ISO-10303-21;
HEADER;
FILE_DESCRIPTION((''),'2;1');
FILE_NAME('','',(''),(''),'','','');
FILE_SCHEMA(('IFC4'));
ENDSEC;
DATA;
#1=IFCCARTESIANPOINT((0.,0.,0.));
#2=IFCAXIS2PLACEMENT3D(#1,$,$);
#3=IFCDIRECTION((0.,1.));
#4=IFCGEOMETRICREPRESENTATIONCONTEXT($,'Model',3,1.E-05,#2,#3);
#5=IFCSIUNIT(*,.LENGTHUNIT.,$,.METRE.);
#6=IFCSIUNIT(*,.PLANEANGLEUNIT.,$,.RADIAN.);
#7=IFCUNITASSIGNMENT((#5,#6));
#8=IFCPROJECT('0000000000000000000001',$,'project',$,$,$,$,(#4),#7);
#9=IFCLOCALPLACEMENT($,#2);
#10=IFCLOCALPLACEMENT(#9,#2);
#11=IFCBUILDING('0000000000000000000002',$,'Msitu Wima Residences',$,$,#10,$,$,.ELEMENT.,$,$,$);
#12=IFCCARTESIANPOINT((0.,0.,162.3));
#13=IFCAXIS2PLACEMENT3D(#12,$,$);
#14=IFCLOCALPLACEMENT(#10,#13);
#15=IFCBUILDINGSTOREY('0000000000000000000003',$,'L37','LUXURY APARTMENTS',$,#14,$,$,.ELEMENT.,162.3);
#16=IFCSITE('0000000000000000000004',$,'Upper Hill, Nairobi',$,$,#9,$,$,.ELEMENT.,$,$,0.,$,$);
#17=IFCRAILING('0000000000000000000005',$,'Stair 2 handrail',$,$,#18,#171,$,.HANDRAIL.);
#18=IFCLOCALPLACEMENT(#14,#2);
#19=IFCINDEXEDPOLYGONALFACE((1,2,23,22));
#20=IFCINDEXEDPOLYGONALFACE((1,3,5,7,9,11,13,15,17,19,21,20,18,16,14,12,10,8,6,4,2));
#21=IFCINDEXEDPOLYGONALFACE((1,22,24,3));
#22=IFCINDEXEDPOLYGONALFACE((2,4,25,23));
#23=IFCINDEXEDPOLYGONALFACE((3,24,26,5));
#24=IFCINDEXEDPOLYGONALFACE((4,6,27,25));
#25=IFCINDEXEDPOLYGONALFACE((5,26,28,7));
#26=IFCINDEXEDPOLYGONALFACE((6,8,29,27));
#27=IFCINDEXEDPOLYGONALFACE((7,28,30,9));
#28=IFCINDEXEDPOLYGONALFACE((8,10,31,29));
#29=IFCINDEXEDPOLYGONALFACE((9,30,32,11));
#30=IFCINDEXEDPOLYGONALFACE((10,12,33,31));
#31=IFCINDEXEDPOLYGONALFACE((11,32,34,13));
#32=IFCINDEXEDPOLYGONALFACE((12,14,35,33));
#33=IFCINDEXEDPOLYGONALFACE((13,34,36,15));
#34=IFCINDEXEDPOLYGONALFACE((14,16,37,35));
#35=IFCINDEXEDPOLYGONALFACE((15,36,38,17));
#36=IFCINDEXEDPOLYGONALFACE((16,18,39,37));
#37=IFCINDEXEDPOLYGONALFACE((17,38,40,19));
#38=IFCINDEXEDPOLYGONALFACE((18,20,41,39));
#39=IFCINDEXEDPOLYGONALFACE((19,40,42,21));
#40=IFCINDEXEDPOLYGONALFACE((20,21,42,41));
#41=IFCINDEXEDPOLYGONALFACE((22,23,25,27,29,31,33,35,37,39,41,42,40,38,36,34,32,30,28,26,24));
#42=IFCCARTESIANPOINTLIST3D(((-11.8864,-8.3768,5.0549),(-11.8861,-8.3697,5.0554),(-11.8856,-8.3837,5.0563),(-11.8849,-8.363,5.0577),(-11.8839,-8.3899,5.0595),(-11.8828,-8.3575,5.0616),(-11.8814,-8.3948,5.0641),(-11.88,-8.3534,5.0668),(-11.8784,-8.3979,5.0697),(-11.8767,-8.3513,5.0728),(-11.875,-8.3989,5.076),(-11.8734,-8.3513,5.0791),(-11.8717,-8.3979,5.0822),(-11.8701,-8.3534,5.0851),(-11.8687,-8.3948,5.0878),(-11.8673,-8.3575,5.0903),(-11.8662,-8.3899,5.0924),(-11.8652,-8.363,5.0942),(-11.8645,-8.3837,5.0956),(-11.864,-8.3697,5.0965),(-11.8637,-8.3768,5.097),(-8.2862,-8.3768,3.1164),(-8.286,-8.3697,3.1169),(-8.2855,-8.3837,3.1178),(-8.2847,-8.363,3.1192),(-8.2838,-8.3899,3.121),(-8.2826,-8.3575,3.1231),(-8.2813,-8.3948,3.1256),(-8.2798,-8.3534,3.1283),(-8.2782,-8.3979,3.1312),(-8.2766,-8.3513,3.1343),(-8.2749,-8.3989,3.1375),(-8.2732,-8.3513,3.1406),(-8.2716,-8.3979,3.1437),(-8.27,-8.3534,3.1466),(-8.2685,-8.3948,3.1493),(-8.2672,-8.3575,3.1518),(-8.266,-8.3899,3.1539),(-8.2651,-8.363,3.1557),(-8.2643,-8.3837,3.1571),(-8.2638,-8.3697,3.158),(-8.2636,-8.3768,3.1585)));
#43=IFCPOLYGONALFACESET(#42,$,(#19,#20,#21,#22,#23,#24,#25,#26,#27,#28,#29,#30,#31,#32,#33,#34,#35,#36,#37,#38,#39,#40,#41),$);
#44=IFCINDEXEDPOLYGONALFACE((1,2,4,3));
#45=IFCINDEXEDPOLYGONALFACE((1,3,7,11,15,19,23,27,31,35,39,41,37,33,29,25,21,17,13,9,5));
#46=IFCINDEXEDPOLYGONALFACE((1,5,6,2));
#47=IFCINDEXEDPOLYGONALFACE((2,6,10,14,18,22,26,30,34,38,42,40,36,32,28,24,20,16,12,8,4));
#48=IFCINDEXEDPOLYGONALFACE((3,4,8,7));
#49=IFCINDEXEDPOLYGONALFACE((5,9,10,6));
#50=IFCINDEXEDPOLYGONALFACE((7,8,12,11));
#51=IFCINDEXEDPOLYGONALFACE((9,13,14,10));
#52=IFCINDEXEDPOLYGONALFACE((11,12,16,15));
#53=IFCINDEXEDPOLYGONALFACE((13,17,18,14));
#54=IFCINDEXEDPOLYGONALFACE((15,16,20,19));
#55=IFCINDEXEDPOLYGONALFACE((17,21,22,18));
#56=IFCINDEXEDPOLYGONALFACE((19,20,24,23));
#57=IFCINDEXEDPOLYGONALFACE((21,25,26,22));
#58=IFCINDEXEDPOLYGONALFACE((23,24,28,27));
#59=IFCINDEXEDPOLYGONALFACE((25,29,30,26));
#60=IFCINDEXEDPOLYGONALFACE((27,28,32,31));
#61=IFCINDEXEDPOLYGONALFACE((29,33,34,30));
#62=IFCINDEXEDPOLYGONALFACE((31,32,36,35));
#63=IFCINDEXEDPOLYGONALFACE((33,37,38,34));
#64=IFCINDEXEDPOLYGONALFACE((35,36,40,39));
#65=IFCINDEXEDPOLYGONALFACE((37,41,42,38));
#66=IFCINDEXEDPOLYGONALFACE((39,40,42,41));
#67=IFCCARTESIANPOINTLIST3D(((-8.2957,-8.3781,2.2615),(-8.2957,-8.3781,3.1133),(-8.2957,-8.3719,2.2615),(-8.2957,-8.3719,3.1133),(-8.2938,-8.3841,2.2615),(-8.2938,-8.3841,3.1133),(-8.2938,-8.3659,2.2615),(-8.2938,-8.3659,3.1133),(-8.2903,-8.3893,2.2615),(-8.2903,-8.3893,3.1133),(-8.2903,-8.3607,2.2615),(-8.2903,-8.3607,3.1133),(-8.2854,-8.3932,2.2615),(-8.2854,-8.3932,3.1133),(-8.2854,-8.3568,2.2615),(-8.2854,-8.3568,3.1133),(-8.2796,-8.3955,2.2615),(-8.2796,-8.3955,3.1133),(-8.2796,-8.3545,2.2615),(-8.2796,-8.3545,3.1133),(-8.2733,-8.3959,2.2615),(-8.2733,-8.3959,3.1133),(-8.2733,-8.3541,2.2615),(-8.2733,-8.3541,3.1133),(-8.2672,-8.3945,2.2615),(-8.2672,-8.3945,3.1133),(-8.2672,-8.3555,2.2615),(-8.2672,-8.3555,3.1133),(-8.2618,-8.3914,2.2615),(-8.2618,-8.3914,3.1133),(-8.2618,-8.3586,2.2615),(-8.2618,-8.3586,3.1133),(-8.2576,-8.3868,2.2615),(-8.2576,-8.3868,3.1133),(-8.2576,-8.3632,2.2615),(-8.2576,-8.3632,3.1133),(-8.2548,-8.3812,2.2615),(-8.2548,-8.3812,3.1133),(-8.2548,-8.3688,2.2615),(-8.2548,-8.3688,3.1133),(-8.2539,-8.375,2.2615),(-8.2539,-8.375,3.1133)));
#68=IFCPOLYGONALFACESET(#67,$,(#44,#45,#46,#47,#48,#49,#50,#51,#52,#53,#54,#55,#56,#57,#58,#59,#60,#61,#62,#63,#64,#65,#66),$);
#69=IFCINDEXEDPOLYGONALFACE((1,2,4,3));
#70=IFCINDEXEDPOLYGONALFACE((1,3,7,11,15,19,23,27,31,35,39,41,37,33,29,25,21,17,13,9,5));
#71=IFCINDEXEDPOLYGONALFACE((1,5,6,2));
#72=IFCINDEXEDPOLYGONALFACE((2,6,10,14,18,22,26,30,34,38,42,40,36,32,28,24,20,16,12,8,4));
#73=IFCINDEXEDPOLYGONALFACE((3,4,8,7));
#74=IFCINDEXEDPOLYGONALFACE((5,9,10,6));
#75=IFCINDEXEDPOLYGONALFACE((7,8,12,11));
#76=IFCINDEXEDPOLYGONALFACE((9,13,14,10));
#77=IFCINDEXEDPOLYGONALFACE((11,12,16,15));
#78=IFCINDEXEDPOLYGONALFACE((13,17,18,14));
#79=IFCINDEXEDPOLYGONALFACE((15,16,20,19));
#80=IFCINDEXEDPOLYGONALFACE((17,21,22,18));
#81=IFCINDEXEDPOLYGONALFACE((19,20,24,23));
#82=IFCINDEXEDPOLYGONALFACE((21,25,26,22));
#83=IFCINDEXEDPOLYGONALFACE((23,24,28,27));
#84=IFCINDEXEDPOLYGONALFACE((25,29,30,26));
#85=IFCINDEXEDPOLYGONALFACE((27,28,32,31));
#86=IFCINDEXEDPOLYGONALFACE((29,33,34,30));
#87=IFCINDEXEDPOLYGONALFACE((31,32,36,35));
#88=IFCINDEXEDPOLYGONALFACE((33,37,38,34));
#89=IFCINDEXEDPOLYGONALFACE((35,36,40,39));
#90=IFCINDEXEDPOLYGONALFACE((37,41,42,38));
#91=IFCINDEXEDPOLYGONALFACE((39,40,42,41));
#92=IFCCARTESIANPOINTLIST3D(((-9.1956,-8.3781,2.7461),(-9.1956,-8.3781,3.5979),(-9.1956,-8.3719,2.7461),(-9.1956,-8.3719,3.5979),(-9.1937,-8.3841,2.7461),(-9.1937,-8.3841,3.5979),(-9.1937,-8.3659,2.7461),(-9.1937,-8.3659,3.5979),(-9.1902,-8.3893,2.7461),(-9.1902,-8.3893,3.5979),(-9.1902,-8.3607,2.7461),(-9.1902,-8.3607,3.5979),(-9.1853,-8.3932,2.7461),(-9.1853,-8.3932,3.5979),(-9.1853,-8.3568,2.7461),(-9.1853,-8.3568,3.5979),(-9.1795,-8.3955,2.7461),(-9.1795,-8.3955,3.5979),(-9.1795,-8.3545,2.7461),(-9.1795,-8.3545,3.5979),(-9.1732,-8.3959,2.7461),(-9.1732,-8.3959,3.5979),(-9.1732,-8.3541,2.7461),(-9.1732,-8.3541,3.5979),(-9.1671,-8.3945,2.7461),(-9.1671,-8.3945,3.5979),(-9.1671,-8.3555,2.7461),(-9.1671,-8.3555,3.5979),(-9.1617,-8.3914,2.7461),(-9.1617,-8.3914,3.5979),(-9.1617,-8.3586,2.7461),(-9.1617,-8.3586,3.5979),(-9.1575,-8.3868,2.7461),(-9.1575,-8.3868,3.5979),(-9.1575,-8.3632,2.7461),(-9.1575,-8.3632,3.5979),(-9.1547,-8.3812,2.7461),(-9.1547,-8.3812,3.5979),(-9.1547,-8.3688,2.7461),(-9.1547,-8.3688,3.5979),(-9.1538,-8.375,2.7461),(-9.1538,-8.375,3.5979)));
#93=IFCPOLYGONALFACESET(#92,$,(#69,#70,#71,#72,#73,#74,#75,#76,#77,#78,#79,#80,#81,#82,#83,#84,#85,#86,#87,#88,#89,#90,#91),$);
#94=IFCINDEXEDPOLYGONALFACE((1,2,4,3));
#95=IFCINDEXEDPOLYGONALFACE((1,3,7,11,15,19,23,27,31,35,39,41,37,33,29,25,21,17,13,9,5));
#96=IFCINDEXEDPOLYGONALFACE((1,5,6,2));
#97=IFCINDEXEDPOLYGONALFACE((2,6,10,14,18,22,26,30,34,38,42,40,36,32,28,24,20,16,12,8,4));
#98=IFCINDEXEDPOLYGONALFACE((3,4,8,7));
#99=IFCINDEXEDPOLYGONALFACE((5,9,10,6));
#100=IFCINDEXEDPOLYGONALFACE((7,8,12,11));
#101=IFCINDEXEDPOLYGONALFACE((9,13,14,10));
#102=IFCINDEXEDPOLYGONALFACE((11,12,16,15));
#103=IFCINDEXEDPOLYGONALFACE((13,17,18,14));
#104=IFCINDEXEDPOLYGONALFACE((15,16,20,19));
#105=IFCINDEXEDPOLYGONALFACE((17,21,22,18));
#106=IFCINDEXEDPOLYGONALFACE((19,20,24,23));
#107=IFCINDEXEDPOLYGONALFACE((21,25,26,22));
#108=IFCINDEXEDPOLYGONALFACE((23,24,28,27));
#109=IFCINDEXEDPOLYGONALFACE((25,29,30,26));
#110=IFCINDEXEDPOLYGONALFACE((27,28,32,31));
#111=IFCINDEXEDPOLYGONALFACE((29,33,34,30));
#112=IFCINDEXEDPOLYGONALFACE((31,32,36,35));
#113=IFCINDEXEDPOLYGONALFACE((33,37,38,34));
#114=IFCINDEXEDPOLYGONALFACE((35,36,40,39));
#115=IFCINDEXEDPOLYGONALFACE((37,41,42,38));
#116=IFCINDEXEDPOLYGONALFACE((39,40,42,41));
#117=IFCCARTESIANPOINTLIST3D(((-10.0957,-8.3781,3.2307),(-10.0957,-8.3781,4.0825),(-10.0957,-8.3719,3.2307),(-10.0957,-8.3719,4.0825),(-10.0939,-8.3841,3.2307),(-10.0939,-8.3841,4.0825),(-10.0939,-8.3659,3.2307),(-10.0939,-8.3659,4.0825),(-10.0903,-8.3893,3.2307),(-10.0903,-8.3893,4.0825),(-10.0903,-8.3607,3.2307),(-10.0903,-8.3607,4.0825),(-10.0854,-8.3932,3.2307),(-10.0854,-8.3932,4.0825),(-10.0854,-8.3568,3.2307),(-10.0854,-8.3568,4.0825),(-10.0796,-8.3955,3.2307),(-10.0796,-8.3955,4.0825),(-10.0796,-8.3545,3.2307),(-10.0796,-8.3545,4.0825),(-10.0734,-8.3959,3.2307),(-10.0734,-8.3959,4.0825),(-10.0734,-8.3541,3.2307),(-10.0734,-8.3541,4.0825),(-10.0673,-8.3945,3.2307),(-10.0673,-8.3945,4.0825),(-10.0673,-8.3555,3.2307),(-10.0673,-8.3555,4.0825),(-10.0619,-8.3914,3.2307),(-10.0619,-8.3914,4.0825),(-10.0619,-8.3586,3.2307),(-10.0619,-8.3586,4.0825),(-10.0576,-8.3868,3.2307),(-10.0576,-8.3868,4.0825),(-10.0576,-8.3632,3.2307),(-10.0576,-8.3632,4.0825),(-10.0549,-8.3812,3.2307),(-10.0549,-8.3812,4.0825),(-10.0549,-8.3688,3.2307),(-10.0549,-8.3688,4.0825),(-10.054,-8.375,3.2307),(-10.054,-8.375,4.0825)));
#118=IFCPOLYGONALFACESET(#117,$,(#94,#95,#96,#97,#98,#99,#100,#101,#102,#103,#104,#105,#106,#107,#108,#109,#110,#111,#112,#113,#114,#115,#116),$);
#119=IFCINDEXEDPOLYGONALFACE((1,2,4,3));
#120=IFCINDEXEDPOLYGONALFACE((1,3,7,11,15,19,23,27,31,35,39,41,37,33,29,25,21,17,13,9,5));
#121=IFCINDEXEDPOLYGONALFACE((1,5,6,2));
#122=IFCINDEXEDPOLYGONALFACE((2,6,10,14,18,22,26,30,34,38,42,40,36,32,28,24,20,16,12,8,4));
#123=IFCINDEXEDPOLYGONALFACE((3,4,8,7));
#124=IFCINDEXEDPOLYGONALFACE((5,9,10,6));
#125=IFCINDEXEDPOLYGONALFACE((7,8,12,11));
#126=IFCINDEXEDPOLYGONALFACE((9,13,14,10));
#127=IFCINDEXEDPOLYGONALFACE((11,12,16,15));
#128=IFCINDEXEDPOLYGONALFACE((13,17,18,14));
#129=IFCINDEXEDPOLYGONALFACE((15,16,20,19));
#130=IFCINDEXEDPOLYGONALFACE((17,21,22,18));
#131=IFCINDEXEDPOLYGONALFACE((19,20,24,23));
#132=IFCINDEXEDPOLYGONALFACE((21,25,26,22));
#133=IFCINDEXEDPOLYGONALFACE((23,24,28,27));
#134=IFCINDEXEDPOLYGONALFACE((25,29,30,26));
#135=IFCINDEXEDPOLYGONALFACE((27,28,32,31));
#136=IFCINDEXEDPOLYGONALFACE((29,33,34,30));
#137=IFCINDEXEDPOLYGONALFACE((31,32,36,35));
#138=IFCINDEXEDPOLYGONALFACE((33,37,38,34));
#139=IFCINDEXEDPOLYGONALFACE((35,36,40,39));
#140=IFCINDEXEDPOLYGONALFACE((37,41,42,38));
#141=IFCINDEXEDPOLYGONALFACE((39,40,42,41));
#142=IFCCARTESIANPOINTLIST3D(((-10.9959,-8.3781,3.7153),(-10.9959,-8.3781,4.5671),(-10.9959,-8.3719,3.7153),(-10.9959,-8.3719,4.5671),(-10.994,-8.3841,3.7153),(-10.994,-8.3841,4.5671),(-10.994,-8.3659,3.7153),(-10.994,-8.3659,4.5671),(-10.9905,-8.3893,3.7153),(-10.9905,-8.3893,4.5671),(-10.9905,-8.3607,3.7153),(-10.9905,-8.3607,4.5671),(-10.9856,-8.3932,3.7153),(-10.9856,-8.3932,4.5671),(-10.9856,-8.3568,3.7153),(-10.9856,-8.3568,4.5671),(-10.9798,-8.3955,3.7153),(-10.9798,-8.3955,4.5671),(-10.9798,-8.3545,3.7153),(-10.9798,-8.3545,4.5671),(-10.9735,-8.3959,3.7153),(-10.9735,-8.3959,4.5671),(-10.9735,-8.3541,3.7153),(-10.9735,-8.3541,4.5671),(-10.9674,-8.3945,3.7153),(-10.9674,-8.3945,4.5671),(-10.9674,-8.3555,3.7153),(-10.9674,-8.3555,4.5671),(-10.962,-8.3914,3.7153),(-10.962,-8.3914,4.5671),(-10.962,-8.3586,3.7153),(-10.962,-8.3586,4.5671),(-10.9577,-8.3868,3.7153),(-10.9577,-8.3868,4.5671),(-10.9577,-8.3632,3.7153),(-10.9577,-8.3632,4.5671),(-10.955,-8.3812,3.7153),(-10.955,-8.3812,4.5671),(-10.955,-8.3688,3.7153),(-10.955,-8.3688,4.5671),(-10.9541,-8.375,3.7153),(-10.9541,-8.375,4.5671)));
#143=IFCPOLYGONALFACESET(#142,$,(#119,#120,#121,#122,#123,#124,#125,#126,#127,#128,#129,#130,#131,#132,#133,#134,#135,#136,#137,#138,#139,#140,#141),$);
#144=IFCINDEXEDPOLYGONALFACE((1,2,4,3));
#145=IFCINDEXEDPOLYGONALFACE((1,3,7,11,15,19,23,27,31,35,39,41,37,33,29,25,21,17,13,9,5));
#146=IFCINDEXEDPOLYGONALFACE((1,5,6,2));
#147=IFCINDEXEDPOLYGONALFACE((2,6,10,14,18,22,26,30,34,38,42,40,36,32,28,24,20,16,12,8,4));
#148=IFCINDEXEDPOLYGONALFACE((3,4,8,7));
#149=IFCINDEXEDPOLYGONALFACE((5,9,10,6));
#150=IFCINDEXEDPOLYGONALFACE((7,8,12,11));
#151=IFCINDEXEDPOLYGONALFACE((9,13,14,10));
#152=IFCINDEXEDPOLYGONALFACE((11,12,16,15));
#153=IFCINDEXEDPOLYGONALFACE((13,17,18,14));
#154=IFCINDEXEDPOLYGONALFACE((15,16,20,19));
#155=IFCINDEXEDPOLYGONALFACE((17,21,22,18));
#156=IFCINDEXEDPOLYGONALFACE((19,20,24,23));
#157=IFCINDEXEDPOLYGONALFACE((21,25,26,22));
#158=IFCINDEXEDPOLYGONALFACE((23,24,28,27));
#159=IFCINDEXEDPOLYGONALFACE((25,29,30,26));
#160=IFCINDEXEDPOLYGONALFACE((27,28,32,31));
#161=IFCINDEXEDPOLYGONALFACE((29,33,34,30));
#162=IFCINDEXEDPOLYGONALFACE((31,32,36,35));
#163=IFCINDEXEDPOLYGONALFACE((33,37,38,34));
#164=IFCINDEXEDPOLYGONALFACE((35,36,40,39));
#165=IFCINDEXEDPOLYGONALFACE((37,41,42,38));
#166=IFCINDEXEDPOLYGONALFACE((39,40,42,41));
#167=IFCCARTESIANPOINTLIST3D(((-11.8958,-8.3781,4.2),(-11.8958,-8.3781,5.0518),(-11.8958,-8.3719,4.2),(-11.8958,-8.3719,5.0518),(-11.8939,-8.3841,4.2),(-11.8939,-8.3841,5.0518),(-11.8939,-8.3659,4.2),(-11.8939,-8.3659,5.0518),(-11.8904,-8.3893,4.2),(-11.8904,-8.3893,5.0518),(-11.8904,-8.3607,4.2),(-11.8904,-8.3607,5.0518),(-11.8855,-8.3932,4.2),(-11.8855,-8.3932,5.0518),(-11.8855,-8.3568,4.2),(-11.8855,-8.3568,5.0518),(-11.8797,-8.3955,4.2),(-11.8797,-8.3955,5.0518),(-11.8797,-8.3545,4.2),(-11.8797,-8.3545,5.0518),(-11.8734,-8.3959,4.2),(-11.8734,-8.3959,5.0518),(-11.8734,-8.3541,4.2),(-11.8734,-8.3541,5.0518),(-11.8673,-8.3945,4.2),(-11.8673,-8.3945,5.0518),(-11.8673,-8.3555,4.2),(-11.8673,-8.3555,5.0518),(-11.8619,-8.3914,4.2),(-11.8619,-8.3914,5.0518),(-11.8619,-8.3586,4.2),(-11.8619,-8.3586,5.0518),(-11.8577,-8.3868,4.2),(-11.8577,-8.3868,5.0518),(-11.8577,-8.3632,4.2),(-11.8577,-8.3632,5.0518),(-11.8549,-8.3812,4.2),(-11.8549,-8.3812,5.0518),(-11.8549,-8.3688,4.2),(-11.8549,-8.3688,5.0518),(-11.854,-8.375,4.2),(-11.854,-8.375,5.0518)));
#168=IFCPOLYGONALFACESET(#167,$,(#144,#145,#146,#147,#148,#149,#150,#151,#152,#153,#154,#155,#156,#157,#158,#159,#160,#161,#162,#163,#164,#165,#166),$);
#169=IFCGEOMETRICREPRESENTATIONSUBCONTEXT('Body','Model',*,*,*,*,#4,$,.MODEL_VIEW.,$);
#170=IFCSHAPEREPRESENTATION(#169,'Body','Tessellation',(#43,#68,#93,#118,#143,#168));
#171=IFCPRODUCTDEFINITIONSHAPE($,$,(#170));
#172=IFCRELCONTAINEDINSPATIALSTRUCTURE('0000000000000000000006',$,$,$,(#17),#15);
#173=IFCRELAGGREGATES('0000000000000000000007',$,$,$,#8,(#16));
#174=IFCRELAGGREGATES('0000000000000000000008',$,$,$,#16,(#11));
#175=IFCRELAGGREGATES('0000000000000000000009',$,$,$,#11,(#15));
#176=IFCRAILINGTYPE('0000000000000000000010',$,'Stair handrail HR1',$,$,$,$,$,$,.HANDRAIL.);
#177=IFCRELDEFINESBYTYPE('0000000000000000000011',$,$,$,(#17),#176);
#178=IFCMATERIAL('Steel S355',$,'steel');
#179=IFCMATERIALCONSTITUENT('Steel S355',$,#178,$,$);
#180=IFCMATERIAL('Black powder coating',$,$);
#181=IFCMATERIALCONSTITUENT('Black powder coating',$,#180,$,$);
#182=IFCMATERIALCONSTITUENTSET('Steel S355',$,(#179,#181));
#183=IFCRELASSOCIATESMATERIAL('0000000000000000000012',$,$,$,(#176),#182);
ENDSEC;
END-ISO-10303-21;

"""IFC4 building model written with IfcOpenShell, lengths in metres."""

from ifc_helpers import new_model, si_unit, direction, frame, origin, origin_2d, place, context, subcontext, project, spatial, circle, extrude, material, constituent, constituent_set, type_object, element, save


model = new_model("IFC4")

# Units and contexts
model_context = context("Model", 3, precision=1e-05, world=origin(), true_north=direction((0.0, 1.0)))
body_context = subcontext(model_context, "Body", "Model", "MODEL_VIEW")
ifc_project = project(units=[si_unit("LENGTHUNIT", "METRE"), si_unit("PLANEANGLEUNIT", "RADIAN")], contexts=[model_context])

# Site, building, storey
site_placement = place(None, origin())
site = spatial("IfcSite", under=ifc_project, at=site_placement, Name="Upper Hill, Nairobi", CompositionType="ELEMENT", RefElevation=0.0)
building_placement = place(site_placement, origin())
building = spatial("IfcBuilding", under=site, at=building_placement, Name="Msitu Wima Residences", CompositionType="ELEMENT")
storey_placement = place(building_placement, frame((0.0, 0.0, 162.3)))
storey = spatial("IfcBuildingStorey", under=building, at=storey_placement, Name="L37", Description="LUXURY APARTMENTS", CompositionType="ELEMENT", Elevation=162.3)

# Railing
ifc_material_1 = material(Name="Steel S355", Category="steel")
ifc_constituent_1 = constituent(ifc_material_1, Name="Steel S355")
ifc_material_2 = material(Name="Black powder coating")
ifc_constituent_2 = constituent(ifc_material_2, Name="Black powder coating")
ifc_constituent_set = constituent_set(constituents=[ifc_constituent_1, ifc_constituent_2], Name="Steel S355")
railing_type = type_object("IfcRailingType", Name="Stair handrail HR1", PredefinedType="HANDRAIL", material=ifc_constituent_set)
for number, where, name in (
    (1, (-8.2749, -8.375, 2.2615), "Stair 2 handrail"),
):
    element("IfcRailing", number, at=place(storey_placement, frame(where)), inside=storey, type_object=railing_type, Name=name, PredefinedType="HANDRAIL", context=body_context, shape_type="SweptSolid", body=[
        extrude(circle(Radius=0.0239, at=origin_2d()), frame((0.0, 0.0, 0.876), z_axis=(-0.880475, 0.0, 0.474093), x_axis=(0.0, -1.0, 0.0)), (0.0, 0.0, 1.0), 4.0889),
        extrude(circle(Radius=0.021, at=origin_2d()), origin(), (0.0, 0.0, 1.0), 0.8518),
        extrude(circle(Radius=0.021, at=origin_2d()), frame((-0.8999, 0.0, 0.4846)), (0.0, 0.0, 1.0), 0.8518),
        extrude(circle(Radius=0.021, at=origin_2d()), frame((-1.8, 0.0, 0.9692)), (0.0, 0.0, 1.0), 0.8518),
        extrude(circle(Radius=0.021, at=origin_2d()), frame((-2.7002, 0.0, 1.4539)), (0.0, 0.0, 1.0), 0.8518),
        extrude(circle(Radius=0.021, at=origin_2d()), frame((-3.6001, 0.0, 1.9385)), (0.0, 0.0, 1.0), 0.8518),
    ])

save(model, "model.ifc")
